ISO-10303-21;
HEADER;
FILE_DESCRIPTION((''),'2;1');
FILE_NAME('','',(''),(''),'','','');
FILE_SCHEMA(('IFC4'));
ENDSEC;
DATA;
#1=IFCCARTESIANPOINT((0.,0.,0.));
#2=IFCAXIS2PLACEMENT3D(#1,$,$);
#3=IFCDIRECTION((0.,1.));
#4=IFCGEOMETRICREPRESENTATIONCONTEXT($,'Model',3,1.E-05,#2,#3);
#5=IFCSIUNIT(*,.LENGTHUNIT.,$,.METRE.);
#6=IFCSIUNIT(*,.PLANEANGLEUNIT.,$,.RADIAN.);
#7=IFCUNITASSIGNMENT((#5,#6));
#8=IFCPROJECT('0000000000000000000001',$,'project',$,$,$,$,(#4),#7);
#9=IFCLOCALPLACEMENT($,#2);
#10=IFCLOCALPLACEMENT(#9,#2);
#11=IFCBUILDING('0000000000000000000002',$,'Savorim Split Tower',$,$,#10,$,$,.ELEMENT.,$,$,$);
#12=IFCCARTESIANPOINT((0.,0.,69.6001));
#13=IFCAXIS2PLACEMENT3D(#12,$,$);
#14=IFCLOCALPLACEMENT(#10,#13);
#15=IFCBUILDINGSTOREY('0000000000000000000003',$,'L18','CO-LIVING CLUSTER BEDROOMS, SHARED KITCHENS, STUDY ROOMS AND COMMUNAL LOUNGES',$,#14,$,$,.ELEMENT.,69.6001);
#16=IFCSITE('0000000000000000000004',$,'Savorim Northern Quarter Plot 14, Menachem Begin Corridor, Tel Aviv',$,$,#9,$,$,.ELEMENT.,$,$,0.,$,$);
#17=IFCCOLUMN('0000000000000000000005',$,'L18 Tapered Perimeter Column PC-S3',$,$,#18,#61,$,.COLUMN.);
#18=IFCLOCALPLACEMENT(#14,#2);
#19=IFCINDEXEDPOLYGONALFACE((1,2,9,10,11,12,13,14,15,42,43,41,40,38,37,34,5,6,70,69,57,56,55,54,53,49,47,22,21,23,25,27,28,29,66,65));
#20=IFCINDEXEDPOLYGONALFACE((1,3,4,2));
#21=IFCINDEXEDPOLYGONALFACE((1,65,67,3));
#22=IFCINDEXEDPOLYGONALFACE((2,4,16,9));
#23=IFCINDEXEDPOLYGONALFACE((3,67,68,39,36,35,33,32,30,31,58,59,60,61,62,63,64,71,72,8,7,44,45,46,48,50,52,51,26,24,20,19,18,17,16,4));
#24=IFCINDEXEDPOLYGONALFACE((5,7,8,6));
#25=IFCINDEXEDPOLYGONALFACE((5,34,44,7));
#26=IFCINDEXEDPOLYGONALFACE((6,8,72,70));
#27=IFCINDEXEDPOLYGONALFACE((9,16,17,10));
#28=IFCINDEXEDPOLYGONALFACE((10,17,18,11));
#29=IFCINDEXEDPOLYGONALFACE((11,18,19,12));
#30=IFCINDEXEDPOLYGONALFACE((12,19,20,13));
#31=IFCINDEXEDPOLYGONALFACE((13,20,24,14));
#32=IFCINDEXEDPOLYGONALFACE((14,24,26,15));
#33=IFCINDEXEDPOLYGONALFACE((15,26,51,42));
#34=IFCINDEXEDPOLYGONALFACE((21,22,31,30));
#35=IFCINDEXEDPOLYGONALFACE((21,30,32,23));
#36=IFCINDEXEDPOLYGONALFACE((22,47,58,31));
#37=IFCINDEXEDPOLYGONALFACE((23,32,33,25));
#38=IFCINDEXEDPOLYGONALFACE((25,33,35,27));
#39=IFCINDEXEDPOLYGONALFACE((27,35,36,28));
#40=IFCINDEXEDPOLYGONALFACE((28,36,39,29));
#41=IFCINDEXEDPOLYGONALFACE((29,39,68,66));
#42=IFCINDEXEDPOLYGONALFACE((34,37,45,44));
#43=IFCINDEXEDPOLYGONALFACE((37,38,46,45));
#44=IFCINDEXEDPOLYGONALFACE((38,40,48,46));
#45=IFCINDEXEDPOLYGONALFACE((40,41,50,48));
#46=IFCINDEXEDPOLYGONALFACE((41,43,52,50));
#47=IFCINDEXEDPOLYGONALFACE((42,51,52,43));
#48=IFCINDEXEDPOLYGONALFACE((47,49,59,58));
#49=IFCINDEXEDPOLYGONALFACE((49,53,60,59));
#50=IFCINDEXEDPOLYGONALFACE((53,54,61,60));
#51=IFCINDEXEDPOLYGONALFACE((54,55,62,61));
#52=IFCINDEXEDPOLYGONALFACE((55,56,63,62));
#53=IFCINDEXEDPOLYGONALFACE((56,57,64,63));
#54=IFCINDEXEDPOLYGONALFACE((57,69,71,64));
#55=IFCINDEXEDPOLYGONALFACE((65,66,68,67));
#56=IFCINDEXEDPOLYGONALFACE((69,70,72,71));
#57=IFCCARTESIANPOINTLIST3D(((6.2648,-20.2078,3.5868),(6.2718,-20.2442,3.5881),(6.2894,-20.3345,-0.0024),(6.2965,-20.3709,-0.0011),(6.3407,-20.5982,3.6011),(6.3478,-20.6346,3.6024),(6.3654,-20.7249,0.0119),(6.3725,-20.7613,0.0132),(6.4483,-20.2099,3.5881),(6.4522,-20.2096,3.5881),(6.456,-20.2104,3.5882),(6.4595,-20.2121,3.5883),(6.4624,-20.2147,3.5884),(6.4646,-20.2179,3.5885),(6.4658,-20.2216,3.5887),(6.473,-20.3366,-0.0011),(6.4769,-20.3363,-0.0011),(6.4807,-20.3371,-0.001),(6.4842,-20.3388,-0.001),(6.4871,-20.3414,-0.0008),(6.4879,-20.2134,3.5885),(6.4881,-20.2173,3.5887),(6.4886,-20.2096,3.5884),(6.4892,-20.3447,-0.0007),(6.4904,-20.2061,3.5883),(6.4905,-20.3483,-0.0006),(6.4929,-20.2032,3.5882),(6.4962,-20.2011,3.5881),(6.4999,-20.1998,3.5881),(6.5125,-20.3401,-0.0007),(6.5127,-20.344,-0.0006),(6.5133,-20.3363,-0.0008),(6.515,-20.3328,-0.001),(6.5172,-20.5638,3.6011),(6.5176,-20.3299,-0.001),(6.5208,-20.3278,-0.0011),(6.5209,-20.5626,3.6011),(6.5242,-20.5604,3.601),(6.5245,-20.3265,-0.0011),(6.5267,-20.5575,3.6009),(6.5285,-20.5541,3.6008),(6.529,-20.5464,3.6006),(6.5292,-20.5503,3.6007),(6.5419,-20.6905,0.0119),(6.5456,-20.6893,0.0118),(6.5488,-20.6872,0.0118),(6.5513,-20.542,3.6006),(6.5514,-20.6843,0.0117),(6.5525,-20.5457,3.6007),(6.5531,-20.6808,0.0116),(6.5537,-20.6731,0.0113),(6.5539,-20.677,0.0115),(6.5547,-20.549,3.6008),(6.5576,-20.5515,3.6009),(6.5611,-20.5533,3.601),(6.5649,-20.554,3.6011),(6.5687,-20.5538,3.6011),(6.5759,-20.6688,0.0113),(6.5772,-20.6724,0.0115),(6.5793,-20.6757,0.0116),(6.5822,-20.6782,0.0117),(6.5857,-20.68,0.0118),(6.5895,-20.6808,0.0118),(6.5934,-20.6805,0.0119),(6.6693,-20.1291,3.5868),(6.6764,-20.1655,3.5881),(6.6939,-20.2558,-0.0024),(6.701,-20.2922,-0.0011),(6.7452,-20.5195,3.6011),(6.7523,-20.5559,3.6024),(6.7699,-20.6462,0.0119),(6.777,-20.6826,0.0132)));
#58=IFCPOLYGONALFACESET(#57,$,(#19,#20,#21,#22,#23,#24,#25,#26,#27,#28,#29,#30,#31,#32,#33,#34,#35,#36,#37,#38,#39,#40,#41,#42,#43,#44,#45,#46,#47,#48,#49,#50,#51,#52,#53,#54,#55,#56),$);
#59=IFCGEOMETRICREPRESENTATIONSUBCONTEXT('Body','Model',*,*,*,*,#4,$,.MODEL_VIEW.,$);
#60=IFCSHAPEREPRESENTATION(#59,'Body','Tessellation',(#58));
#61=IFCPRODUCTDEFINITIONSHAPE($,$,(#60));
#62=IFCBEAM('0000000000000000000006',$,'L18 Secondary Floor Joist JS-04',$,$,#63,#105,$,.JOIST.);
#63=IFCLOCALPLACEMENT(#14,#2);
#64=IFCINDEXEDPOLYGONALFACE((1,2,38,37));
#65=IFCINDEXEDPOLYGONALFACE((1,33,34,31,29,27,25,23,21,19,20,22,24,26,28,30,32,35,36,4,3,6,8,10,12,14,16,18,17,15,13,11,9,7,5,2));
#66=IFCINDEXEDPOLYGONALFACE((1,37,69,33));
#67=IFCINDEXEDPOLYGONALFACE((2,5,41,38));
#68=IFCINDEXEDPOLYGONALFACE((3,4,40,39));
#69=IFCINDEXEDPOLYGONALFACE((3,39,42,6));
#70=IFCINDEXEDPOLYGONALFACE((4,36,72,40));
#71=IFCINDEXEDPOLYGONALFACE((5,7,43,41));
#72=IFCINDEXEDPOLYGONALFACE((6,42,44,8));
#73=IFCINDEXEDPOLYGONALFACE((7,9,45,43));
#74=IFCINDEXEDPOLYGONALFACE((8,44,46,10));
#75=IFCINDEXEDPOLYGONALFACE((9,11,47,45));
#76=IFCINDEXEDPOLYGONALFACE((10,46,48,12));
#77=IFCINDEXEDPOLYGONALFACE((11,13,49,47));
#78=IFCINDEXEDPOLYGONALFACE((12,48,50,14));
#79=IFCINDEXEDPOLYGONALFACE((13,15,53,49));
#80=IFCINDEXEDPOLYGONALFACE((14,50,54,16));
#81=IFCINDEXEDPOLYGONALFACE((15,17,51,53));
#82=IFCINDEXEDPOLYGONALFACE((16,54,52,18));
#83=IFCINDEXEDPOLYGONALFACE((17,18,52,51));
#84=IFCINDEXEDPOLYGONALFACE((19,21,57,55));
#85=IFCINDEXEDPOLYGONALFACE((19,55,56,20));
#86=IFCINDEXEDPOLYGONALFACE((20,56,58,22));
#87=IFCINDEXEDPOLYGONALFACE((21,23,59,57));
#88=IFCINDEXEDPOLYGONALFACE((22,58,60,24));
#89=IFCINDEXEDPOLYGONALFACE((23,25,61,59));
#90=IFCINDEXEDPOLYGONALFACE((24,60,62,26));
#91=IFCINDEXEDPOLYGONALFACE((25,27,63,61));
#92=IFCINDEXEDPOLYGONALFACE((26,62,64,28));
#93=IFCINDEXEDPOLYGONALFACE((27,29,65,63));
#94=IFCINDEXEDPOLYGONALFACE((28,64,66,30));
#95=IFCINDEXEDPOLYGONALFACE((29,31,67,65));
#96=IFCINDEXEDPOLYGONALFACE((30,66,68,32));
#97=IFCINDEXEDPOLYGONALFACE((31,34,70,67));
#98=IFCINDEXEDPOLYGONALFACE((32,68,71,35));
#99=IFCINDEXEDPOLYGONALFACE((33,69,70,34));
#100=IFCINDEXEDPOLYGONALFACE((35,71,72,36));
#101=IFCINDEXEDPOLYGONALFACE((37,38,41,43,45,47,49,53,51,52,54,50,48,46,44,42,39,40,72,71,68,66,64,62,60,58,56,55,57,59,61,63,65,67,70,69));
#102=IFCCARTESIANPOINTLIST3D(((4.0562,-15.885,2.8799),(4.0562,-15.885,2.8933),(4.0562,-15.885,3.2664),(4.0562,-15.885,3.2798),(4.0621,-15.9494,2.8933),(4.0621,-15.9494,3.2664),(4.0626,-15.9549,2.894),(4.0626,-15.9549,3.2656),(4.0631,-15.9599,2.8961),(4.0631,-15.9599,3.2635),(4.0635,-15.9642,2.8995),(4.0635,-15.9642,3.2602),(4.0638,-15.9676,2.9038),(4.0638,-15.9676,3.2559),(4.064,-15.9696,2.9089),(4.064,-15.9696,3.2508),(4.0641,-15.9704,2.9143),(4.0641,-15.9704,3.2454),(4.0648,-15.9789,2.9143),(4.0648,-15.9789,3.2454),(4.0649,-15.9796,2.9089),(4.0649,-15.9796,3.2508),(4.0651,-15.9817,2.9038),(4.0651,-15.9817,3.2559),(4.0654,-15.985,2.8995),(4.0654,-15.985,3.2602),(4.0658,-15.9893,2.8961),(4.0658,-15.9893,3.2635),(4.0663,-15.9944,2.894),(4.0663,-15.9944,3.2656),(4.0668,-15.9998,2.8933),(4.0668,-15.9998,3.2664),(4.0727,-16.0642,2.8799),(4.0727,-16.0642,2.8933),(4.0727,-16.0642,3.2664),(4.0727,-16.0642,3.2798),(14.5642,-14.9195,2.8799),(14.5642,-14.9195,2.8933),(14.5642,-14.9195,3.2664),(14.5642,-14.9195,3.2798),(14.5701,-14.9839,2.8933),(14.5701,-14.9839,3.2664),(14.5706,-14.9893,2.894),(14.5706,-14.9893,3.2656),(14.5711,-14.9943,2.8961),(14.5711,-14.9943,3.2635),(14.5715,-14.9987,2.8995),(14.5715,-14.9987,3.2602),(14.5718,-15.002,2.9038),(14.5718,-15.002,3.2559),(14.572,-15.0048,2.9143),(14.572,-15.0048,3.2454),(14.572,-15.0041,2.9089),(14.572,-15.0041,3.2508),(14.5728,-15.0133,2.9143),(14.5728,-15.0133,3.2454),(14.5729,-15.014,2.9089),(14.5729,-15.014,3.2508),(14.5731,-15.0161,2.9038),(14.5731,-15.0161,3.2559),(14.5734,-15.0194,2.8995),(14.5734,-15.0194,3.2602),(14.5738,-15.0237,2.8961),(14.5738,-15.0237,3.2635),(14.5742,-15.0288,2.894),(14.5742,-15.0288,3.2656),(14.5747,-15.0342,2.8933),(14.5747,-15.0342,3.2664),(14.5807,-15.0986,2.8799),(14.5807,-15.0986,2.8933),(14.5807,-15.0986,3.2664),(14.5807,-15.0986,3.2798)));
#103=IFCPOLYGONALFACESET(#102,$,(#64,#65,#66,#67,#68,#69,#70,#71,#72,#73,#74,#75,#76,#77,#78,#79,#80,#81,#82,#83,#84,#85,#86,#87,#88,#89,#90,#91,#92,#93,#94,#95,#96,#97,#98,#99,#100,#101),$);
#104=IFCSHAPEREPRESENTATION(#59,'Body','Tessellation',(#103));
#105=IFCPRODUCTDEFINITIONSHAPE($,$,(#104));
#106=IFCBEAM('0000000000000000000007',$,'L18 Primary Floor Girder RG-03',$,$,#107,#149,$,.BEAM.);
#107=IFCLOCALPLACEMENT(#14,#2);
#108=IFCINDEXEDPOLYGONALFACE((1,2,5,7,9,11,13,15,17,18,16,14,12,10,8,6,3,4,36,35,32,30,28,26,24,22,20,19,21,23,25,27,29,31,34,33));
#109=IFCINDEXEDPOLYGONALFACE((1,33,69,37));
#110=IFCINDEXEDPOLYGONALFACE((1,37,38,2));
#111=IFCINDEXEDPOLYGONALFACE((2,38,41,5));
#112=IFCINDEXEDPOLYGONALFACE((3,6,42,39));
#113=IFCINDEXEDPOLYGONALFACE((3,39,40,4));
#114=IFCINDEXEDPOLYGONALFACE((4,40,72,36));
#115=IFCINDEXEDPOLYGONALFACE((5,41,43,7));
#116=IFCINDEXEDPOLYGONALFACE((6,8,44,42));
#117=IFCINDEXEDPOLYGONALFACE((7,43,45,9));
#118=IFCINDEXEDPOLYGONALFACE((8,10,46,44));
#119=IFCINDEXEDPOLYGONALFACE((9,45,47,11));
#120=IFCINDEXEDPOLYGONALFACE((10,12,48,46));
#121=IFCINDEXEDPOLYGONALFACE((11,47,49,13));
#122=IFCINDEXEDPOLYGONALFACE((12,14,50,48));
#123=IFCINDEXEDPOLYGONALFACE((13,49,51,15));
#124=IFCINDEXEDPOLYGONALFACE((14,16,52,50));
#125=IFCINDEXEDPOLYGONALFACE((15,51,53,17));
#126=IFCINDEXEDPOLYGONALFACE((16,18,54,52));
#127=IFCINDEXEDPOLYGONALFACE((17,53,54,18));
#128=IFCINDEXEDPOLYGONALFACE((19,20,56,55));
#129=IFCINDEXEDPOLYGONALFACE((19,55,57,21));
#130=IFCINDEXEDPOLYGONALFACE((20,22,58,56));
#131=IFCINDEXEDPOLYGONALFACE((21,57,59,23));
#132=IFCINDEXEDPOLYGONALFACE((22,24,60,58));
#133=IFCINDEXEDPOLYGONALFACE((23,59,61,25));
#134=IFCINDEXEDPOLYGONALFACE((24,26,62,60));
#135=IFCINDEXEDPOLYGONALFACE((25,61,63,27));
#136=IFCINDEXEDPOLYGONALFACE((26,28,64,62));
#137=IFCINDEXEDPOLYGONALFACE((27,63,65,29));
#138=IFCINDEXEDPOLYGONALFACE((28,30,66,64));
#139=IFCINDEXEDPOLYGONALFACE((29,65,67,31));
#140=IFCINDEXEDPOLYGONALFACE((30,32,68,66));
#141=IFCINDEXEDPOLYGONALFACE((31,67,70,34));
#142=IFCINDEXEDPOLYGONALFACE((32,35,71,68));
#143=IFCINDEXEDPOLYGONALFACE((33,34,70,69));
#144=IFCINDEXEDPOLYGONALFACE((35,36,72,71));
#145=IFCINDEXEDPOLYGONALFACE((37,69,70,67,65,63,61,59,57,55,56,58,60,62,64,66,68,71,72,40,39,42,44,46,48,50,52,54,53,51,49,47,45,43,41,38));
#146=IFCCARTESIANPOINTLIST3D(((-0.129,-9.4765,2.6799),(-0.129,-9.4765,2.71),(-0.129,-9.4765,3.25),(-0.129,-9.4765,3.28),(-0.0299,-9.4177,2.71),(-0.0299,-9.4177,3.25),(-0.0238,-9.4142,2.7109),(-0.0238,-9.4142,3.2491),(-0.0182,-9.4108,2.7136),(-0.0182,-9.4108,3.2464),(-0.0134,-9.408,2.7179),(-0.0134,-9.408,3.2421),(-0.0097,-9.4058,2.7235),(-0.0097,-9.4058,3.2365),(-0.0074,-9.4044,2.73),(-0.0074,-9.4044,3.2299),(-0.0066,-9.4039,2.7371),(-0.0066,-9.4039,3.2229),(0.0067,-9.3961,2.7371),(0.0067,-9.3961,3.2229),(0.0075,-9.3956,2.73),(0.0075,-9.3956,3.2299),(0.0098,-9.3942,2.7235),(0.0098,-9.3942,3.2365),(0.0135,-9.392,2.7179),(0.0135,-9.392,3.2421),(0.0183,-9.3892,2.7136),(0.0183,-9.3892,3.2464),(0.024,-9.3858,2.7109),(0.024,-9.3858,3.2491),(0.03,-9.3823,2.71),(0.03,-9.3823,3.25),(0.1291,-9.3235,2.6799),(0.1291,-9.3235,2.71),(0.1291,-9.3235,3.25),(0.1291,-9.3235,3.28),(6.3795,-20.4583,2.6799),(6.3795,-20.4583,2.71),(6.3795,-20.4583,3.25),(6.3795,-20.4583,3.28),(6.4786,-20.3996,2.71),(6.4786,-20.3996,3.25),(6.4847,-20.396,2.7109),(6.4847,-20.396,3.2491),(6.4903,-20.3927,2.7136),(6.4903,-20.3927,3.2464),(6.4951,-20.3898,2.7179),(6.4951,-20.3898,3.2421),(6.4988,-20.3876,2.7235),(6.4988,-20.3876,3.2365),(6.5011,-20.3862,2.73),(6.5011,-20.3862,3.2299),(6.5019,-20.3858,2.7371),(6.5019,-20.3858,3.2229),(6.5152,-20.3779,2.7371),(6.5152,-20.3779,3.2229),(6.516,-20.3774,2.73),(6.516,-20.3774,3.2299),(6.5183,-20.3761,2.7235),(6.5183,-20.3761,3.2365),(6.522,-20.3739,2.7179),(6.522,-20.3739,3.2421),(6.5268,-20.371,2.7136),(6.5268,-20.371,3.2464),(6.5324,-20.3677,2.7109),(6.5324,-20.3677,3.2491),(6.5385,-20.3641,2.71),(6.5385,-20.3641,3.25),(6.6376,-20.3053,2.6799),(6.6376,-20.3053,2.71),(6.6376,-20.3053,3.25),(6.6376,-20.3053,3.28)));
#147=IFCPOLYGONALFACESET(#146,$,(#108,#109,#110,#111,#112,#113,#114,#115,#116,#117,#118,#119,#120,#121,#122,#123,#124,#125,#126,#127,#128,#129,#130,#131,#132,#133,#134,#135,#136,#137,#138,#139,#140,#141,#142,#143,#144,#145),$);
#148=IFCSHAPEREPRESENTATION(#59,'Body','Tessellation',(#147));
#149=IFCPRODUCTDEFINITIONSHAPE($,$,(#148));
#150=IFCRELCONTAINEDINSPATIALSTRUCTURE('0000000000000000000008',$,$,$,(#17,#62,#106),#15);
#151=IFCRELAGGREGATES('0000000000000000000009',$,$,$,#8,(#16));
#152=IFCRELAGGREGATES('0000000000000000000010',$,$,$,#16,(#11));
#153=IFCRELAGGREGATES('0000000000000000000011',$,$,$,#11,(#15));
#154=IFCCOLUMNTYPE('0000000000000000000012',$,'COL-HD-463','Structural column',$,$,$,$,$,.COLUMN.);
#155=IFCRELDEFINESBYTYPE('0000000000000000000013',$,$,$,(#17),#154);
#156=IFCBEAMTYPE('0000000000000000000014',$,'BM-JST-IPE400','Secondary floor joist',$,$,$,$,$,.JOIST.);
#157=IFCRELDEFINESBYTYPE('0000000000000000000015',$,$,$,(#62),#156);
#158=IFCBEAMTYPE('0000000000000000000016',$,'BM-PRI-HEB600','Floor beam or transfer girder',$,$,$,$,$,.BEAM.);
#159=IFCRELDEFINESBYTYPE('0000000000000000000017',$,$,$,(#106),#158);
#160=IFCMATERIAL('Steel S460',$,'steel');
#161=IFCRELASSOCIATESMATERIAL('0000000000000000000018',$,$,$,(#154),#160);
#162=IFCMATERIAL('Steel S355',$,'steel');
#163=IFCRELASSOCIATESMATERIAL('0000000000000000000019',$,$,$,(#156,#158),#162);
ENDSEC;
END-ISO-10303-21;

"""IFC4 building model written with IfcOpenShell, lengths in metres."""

from ifc_helpers import new_model, si_unit, direction, frame, origin, origin_2d, place, context, subcontext, project, spatial, i_section, extrude, material, material_profile, profile_set, type_object, element, save


model = new_model("IFC4")

# Units and contexts
model_context = context("Model", 3, precision=1e-05, world=origin(), true_north=direction((0.0, 1.0)))
body_context = subcontext(model_context, "Body", "Model", "MODEL_VIEW")
ifc_project = project(units=[si_unit("LENGTHUNIT", "METRE"), si_unit("PLANEANGLEUNIT", "RADIAN")], contexts=[model_context])

# Site, building, storey
site_placement = place(None, origin())
site = spatial("IfcSite", under=ifc_project, at=site_placement, Name="Savorim Northern Quarter Plot 14, Menachem Begin Corridor, Tel Aviv", CompositionType="ELEMENT", RefElevation=0.0)
building_placement = place(site_placement, origin())
building = spatial("IfcBuilding", under=site, at=building_placement, Name="Savorim Split Tower", CompositionType="ELEMENT")
storey_placement = place(building_placement, frame((0.0, 0.0, 69.6001)))
storey = spatial("IfcBuildingStorey", under=building, at=storey_placement, Name="L18", Description="CO-LIVING CLUSTER BEDROOMS, SHARED KITCHENS, STUDY ROOMS AND COMMUNAL LOUNGES", CompositionType="ELEMENT", Elevation=69.6001)

# Column
ifc_material_1 = material(Name="Steel S460", Category="steel")
ifc_material_profile_1 = material_profile(ifc_material_1, i_section(OverallWidth=0.4121, OverallDepth=0.4351, WebThickness=0.0227, FlangeThickness=0.0371, FilletRadius=0.0149, at=origin_2d()), Name="HD 400x463")
ifc_profile_set_1 = profile_set([ifc_material_profile_1], Name="Steel S460")
column_type = type_object("IfcColumnType", Name="COL-HD-463", Description="Structural column", PredefinedType="COLUMN", material=ifc_profile_set_1)
column_placement = place(storey_placement, frame((6.5332, -20.5085, 0.0054), z_axis=(-0.006866, 0.035281, 0.999354), x_axis=(-0.981586, -0.191022, 0.0)))
element("IfcColumn", 1, at=column_placement, inside=storey, type_object=column_type, Name="L18 Tapered Perimeter Column PC-S3", PredefinedType="COLUMN", context=body_context, shape_type="SweptSolid", body=[
    extrude(i_section(OverallWidth=0.4121, OverallDepth=0.4351, WebThickness=0.0227, FlangeThickness=0.0371, FilletRadius=0.0149, at=origin_2d()), origin(), (0.0, 0.0, 1.0), 3.5916),
])

# Beams
ifc_material_2 = material(Name="Steel S355", Category="steel")
ifc_material_profile_2 = material_profile(ifc_material_2, i_section(OverallWidth=0.1799, OverallDepth=0.3999, WebThickness=0.0085, FlangeThickness=0.0134, FilletRadius=0.021, at=origin_2d()), Name="IPE 400")
ifc_profile_set_2 = profile_set([ifc_material_profile_2], Name="Steel S355")
beam_type_1 = type_object("IfcBeamType", Name="BM-JST-IPE400", Description="Secondary floor joist", PredefinedType="JOIST", material=ifc_profile_set_2)
beam_1_placement = place(storey_placement, frame((4.0645, -15.9746, 3.0798), z_axis=(0.995805, 0.091504, 0.0), x_axis=(-0.091504, 0.995805, 0.0)))
element("IfcBeam", 2, at=beam_1_placement, inside=storey, type_object=beam_type_1, Name="L18 Secondary Floor Joist JS-04", PredefinedType="JOIST", context=body_context, shape_type="SweptSolid", body=[
    extrude(i_section(OverallWidth=0.1799, OverallDepth=0.3999, WebThickness=0.0085, FlangeThickness=0.0134, FilletRadius=0.021, at=origin_2d()), origin(), (0.0, 0.0, 1.0), 10.5522),
])
ifc_material_profile_3 = material_profile(ifc_material_2, i_section(OverallWidth=0.3, OverallDepth=0.6001, WebThickness=0.0154, FlangeThickness=0.03, FilletRadius=0.0271, at=origin_2d()), Name="HEB 600")
ifc_profile_set_3 = profile_set([ifc_material_profile_3], Name="Steel S355")
beam_type_2 = type_object("IfcBeamType", Name="BM-PRI-HEB600", Description="Floor beam or transfer girder", PredefinedType="BEAM", material=ifc_profile_set_3)
beam_2_placement = place(storey_placement, frame((6.5085, -20.3818, 2.98), z_axis=(-0.509845, 0.860266, 0.0), x_axis=(-0.860266, -0.509845, 0.0)))
element("IfcBeam", 3, at=beam_2_placement, inside=storey, type_object=beam_type_2, Name="L18 Primary Floor Girder RG-03", PredefinedType="BEAM", context=body_context, shape_type="SweptSolid", body=[
    extrude(i_section(OverallWidth=0.3, OverallDepth=0.6001, WebThickness=0.0154, FlangeThickness=0.03, FilletRadius=0.0271, at=origin_2d()), origin(), (0.0, 0.0, 1.0), 12.7656),
])

save(model, "model.ifc")
